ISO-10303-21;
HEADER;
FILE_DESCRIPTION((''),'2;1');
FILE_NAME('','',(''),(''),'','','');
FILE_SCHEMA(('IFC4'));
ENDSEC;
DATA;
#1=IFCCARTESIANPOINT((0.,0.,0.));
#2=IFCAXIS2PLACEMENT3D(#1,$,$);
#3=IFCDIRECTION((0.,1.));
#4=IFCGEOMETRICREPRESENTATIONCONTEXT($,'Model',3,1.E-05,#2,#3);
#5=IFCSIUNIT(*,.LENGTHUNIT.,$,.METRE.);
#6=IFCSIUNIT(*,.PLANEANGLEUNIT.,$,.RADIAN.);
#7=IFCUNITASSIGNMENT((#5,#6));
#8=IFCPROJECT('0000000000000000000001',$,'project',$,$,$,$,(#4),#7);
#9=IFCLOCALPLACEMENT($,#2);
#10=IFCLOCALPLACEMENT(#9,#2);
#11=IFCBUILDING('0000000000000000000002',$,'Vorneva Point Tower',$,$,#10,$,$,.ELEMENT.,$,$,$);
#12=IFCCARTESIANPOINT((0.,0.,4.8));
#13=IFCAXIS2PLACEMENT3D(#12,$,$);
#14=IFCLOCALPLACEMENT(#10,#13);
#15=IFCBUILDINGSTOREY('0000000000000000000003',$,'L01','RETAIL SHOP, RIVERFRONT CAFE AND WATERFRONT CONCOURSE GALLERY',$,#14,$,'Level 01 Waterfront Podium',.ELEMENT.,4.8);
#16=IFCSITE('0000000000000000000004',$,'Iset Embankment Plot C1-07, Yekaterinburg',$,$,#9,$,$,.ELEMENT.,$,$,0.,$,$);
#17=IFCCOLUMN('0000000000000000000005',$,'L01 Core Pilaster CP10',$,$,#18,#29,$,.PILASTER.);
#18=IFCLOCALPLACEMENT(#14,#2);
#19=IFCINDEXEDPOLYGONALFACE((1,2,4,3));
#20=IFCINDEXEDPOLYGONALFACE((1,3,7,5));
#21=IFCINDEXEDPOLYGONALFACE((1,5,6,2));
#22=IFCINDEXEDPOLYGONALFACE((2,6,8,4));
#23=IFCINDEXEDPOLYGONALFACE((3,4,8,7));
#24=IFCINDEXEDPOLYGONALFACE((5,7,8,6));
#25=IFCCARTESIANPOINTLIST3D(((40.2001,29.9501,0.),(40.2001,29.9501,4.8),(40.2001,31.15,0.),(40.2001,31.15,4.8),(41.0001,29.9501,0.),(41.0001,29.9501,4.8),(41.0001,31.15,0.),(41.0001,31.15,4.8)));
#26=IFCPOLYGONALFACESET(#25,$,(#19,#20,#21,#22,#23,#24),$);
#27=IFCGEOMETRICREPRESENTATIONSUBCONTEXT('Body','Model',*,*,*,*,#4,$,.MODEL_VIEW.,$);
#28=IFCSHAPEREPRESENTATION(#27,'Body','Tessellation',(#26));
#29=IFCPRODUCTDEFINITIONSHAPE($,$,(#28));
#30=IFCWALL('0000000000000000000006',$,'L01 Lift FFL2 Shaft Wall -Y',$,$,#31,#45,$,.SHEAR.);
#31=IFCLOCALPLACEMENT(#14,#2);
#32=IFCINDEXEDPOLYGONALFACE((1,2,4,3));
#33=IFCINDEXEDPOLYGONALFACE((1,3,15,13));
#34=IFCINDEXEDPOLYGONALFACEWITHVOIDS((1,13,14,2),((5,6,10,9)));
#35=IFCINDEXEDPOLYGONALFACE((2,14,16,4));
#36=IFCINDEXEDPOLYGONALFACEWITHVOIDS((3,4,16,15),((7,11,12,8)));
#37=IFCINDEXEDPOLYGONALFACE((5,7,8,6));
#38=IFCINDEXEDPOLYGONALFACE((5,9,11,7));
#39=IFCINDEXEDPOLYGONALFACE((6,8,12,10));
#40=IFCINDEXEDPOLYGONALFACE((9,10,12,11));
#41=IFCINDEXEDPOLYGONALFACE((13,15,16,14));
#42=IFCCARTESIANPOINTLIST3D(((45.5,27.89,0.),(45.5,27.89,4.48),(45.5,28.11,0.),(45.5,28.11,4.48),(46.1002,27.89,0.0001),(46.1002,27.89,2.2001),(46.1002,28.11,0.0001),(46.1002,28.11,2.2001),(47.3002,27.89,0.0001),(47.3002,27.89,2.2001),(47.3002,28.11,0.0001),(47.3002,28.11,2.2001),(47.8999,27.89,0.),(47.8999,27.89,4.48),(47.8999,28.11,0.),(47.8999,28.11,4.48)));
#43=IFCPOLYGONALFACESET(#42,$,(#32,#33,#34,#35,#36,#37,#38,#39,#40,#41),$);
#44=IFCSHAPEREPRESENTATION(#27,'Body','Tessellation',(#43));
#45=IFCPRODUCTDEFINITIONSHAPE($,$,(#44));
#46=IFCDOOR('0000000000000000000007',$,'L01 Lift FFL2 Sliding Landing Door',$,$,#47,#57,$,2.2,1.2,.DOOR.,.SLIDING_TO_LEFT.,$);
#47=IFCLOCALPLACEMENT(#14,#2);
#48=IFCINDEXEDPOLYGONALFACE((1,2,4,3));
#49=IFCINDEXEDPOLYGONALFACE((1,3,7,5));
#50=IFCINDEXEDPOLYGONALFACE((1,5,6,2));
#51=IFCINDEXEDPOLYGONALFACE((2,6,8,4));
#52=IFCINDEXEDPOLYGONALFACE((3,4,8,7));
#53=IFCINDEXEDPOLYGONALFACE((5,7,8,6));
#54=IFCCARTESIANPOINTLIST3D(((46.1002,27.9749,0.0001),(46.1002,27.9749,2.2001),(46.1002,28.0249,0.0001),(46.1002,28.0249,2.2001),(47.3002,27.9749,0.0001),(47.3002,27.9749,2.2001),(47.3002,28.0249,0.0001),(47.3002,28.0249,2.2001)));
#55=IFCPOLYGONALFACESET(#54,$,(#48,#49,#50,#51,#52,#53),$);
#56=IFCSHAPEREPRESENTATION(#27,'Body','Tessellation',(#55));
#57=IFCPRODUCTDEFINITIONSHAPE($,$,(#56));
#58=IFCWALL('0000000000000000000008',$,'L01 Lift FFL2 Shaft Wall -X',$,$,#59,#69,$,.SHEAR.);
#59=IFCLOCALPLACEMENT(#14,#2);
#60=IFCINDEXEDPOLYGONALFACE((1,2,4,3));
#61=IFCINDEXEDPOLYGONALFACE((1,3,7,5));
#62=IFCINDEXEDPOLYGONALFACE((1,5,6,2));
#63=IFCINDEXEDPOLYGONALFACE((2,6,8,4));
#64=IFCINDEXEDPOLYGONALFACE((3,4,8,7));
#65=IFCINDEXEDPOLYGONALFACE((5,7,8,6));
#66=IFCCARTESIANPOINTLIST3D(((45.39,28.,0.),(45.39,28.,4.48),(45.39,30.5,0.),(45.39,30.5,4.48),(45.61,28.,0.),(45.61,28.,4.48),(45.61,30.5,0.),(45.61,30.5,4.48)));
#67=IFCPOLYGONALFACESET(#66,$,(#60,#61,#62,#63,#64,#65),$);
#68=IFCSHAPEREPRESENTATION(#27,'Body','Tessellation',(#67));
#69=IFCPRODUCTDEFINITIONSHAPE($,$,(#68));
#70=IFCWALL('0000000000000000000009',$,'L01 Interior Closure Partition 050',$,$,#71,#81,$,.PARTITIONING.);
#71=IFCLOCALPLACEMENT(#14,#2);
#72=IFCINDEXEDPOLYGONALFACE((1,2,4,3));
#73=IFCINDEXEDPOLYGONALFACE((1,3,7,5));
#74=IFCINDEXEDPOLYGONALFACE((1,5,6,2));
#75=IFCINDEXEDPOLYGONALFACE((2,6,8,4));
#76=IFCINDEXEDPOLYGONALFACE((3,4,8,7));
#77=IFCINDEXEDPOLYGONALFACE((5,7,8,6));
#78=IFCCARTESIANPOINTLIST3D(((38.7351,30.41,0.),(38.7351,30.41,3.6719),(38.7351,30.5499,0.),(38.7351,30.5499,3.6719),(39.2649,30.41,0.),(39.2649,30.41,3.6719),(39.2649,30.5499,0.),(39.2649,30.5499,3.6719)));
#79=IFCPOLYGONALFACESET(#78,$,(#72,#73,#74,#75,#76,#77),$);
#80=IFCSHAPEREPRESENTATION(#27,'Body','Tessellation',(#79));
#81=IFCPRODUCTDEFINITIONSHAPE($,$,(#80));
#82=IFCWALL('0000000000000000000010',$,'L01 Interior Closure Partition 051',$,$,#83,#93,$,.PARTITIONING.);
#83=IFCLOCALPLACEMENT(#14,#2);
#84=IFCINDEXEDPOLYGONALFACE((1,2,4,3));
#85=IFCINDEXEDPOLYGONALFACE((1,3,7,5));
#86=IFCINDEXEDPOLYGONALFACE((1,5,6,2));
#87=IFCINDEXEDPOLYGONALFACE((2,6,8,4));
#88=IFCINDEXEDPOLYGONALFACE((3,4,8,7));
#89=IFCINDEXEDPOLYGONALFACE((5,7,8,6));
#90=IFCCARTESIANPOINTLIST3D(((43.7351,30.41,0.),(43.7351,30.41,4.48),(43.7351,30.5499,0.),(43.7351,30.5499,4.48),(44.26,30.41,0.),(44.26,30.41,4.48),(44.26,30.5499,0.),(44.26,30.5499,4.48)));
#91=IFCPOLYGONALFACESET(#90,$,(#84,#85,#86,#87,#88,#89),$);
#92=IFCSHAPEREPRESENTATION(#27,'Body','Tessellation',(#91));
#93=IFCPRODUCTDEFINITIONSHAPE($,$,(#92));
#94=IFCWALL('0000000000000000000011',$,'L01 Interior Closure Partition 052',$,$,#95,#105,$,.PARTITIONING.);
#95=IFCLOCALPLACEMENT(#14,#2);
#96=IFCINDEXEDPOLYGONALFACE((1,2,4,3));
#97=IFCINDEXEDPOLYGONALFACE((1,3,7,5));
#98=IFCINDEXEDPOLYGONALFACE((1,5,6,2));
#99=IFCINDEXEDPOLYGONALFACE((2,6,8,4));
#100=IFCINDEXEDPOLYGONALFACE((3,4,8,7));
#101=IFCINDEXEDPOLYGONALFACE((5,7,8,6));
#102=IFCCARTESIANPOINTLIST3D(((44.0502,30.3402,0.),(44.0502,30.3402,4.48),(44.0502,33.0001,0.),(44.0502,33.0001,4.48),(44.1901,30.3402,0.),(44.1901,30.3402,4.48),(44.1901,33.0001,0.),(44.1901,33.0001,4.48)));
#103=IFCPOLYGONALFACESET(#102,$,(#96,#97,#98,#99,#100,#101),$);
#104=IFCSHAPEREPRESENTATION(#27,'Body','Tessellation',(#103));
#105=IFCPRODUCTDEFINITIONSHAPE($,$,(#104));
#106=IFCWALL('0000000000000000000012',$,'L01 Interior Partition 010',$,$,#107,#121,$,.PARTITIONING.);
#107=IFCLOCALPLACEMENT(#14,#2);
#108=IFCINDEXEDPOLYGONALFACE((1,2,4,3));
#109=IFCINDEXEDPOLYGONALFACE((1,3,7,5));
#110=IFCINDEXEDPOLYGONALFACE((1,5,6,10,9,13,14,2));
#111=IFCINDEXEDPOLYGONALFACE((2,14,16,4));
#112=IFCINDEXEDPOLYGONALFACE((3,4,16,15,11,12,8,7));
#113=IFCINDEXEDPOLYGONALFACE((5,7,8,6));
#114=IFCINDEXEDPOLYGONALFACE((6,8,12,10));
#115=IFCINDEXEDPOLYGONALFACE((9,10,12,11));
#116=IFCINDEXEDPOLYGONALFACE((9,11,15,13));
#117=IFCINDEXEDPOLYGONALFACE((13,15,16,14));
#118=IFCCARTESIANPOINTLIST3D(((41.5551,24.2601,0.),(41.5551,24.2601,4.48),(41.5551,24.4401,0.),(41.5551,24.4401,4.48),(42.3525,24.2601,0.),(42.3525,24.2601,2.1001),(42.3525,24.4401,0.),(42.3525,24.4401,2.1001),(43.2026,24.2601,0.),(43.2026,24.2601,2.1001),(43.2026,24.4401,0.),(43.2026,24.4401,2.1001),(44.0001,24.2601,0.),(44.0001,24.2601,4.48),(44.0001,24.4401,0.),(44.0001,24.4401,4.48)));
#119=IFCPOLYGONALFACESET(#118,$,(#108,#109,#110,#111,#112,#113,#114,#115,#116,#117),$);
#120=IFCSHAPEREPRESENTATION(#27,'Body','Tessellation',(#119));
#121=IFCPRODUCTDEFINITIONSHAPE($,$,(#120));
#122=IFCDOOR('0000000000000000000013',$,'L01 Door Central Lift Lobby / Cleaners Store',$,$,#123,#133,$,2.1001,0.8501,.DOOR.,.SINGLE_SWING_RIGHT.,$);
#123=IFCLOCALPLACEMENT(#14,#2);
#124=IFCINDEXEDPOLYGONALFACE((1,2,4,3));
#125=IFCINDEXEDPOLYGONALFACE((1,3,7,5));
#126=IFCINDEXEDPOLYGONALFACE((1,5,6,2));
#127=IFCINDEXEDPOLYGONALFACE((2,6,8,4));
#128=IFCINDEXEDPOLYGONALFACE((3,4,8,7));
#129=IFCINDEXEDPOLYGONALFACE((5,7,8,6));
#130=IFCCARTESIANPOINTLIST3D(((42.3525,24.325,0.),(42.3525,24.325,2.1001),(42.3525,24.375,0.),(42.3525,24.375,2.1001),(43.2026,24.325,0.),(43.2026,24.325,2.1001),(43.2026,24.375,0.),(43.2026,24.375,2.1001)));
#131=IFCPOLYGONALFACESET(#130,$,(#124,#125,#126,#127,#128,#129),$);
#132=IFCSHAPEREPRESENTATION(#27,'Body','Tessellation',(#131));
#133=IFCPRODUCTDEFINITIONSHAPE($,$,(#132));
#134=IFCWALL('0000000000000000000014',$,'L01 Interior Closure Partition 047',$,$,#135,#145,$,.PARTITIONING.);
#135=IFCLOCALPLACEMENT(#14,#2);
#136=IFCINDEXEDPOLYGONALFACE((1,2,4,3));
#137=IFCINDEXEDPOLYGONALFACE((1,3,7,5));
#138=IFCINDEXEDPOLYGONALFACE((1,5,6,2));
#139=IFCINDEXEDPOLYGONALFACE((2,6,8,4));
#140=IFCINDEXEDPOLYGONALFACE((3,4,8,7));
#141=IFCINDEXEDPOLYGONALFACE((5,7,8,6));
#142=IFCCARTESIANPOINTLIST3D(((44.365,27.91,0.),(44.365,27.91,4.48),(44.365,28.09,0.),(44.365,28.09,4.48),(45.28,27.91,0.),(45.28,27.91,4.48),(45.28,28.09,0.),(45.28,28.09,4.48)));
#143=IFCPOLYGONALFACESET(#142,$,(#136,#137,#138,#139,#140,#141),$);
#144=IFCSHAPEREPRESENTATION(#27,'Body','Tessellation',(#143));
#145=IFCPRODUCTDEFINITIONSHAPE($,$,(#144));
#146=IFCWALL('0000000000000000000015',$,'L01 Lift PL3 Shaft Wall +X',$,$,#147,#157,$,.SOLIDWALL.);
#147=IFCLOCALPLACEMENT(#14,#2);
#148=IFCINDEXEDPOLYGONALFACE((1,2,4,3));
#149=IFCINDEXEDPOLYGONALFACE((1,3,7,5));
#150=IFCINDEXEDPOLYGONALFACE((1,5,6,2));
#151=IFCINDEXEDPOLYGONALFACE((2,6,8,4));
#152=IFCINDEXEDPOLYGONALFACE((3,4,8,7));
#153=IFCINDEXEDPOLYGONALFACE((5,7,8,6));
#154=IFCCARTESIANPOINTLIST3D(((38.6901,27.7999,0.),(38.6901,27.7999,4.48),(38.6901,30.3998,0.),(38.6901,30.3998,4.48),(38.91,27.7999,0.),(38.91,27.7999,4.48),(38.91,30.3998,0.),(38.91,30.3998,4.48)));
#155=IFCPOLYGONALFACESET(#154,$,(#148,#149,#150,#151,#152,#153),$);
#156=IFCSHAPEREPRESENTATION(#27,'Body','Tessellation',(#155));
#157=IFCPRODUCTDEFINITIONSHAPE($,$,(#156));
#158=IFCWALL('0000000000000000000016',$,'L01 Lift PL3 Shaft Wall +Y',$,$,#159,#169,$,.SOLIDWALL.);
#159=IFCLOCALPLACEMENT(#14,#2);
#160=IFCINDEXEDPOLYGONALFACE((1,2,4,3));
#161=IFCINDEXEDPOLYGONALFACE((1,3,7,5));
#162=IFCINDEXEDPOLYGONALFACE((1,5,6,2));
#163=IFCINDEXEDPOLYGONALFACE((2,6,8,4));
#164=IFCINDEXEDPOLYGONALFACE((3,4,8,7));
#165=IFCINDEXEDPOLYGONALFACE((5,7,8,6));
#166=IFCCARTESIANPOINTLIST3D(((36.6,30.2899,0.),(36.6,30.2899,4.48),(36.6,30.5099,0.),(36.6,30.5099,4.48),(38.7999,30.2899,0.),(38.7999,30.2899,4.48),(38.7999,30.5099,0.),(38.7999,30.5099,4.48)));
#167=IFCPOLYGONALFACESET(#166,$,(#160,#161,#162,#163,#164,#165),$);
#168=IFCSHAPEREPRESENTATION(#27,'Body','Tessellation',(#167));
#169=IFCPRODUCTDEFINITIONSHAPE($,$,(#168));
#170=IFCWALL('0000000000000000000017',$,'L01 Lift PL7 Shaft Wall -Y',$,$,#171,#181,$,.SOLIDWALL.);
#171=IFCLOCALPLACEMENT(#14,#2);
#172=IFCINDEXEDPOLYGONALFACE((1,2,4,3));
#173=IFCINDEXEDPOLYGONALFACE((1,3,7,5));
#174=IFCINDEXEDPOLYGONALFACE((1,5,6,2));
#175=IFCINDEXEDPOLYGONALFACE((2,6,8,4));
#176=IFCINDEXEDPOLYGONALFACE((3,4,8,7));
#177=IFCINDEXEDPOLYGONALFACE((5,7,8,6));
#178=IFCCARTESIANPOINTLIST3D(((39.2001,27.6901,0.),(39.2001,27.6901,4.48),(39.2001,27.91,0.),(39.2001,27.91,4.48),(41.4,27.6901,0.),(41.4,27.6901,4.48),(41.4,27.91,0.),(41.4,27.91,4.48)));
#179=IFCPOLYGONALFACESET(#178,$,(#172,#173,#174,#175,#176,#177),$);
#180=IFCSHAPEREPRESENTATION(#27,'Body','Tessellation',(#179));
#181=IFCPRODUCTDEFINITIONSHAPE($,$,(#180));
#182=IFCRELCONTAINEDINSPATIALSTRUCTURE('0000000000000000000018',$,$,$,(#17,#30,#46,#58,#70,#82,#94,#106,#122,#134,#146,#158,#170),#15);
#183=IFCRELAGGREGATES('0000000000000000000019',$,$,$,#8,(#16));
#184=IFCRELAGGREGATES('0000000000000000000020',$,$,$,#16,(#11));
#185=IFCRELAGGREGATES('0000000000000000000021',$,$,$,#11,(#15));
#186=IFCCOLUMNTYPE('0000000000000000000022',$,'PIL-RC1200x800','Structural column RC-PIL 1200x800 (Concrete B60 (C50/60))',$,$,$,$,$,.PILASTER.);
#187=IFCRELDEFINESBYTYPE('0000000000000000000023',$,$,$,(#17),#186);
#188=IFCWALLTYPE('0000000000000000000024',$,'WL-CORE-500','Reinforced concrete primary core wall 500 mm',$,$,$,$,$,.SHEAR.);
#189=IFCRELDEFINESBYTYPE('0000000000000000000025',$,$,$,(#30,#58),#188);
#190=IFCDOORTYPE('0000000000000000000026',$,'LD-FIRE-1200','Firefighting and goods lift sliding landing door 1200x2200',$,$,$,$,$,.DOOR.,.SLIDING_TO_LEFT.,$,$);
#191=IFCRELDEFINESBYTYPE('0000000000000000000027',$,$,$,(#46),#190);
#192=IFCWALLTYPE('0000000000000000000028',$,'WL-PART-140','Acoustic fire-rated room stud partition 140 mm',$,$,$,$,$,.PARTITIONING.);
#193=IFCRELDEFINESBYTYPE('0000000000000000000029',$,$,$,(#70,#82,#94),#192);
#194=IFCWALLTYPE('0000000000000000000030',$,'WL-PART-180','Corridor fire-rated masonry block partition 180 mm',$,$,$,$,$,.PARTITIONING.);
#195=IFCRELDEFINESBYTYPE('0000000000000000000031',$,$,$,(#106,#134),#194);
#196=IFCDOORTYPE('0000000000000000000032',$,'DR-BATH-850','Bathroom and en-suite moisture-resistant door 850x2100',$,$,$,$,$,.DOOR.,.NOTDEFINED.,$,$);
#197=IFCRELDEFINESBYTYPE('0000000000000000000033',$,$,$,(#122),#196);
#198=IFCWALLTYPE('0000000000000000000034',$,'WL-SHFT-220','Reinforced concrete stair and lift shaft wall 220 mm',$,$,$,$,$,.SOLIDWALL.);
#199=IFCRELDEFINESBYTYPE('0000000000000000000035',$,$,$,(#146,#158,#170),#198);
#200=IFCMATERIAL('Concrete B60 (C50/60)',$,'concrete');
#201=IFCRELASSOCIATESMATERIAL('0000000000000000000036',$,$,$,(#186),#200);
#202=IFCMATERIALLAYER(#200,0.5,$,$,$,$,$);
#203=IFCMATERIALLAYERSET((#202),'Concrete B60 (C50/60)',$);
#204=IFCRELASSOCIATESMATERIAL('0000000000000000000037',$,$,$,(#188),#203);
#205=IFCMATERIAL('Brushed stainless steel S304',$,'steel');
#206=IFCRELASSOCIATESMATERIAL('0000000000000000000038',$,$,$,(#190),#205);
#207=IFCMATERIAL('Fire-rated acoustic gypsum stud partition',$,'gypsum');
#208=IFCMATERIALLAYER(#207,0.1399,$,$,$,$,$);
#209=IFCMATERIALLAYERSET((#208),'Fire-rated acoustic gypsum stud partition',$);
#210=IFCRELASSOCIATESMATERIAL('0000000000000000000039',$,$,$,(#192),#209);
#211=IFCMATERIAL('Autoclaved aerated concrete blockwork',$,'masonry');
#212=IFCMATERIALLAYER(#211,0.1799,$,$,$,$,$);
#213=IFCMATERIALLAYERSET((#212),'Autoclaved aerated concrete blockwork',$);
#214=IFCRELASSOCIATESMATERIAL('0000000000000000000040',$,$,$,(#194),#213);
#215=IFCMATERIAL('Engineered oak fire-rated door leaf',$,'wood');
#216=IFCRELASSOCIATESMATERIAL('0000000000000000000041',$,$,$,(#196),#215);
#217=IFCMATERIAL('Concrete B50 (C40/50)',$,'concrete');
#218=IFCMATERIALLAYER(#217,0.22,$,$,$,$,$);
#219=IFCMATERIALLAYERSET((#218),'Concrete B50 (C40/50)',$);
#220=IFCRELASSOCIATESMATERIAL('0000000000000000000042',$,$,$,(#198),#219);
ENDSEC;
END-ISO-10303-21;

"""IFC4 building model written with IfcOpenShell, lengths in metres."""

from ifc_helpers import new_model, si_unit, direction, frame, frame_2d, origin, origin_2d, place, context, subcontext, project, spatial, rectangle, extrude, material, layer, layer_set, material_profile, profile_set, type_object, element, fill, save


model = new_model("IFC4")

# Units and contexts
model_context = context("Model", 3, precision=1e-05, world=origin(), true_north=direction((0.0, 1.0)))
body_context = subcontext(model_context, "Body", "Model", "MODEL_VIEW")
ifc_project = project(units=[si_unit("LENGTHUNIT", "METRE"), si_unit("PLANEANGLEUNIT", "RADIAN")], contexts=[model_context])

# Site, building, storey
site_placement = place(None, origin())
site = spatial("IfcSite", under=ifc_project, at=site_placement, Name="Iset Embankment Plot C1-07, Yekaterinburg", CompositionType="ELEMENT", RefElevation=0.0)
building_placement = place(site_placement, origin())
building = spatial("IfcBuilding", under=site, at=building_placement, Name="Vorneva Point Tower", CompositionType="ELEMENT")
storey_placement = place(building_placement, frame((0.0, 0.0, 4.8)))
storey = spatial("IfcBuildingStorey", under=building, at=storey_placement, Name="L01", Description="RETAIL SHOP, RIVERFRONT CAFE AND WATERFRONT CONCOURSE GALLERY", LongName="Level 01 Waterfront Podium", CompositionType="ELEMENT", Elevation=4.8)

# Column
ifc_material_1 = material(Name="Concrete B60 (C50/60)", Category="concrete")
ifc_material_profile = material_profile(ifc_material_1, rectangle(XDim=0.8, YDim=1.2, at=origin_2d()), Name="RC-PIL 1200x800")
ifc_profile_set = profile_set([ifc_material_profile], Name="Concrete B60 (C50/60)")
column_type = type_object("IfcColumnType", Name="PIL-RC1200x800", Description="Structural column RC-PIL 1200x800 (Concrete B60 (C50/60))", PredefinedType="PILASTER", material=ifc_profile_set)
column_placement = place(storey_placement, frame((40.6001, 30.55, 0.0), z_axis=(0.0, 0.0, 1.0), x_axis=(1.0, 0.0, 0.0)))
element("IfcColumn", 1, at=column_placement, inside=storey, type_object=column_type, Name="L01 Core Pilaster CP10", PredefinedType="PILASTER", context=body_context, shape_type="SweptSolid", body=[
    extrude(rectangle(XDim=0.8, YDim=1.2, at=origin_2d()), origin(), (0.0, 0.0, 1.0), 4.8),
])

# Wall, opening, door
ifc_layer_1 = layer(ifc_material_1, 0.5)
ifc_layer_set_1 = layer_set([ifc_layer_1], Name="Concrete B60 (C50/60)")
wall_type_1 = type_object("IfcWallType", Name="WL-CORE-500", Description="Reinforced concrete primary core wall 500 mm", PredefinedType="SHEAR", material=ifc_layer_set_1)
wall_1_placement = place(storey_placement, frame((45.5, 28.0, 0.0), z_axis=(0.0, 0.0, 1.0), x_axis=(1.0, 0.0, 0.0)))
wall_1 = element("IfcWall", 2, at=wall_1_placement, inside=storey, type_object=wall_type_1, Name="L01 Lift FFL2 Shaft Wall -Y", PredefinedType="SHEAR", context=body_context, shape_type="SweptSolid", body=[
    extrude(rectangle(XDim=2.3999, YDim=0.22, at=frame_2d((1.2, 0.0))), origin(), (0.0, 0.0, 1.0), 4.48),
])
opening_1_placement = place(wall_1_placement, frame((0.6001, 0.0, 0.0)))
opening_1 = element("IfcOpeningElement", 3, at=opening_1_placement, cuts=wall_1, PredefinedType="OPENING", context=body_context, shape_type="SweptSolid", body=[
    extrude(rectangle(XDim=1.2, YDim=2.2, at=frame_2d((0.6001, 1.1001))), frame((0.0, 0.125, 0.0), z_axis=(0.0, -1.0, 0.0), x_axis=(1.0, 0.0, 0.0)), (0.0, 0.0, 1.0), 0.2498),
])
ifc_material_2 = material(Name="Brushed stainless steel S304", Category="steel")
door_type_1 = type_object("IfcDoorType", Name="LD-FIRE-1200", Description="Firefighting and goods lift sliding landing door 1200x2200", OperationType="SLIDING_TO_LEFT", PredefinedType="DOOR", material=ifc_material_2)
door_1_placement = place(opening_1_placement, origin())
door_1 = element("IfcDoor", 4, at=door_1_placement, inside=storey, type_object=door_type_1, Name="L01 Lift FFL2 Sliding Landing Door", OperationType="SLIDING_TO_LEFT", OverallHeight=2.2, OverallWidth=1.2, PredefinedType="DOOR", context=body_context, shape_type="SweptSolid", body=[
    extrude(rectangle(XDim=1.2, YDim=2.2, at=frame_2d((0.6001, 1.1001))), frame((0.0, 0.0249, 0.0), z_axis=(0.0, -1.0, 0.0), x_axis=(1.0, 0.0, 0.0)), (0.0, 0.0, 1.0), 0.05),
])
fill(opening_1, door_1)

# Walls
wall_2_placement = place(storey_placement, frame((45.5, 30.5, 0.0), z_axis=(0.0, 0.0, 1.0), x_axis=(0.0, -1.0, 0.0)))
element("IfcWall", 5, at=wall_2_placement, inside=storey, type_object=wall_type_1, Name="L01 Lift FFL2 Shaft Wall -X", PredefinedType="SHEAR", context=body_context, shape_type="SweptSolid", body=[
    extrude(rectangle(XDim=2.5, YDim=0.22, at=frame_2d((1.25, 0.0))), origin(), (0.0, 0.0, 1.0), 4.48),
])
ifc_material_3 = material(Name="Fire-rated acoustic gypsum stud partition", Category="gypsum")
ifc_layer_2 = layer(ifc_material_3, 0.1399)
ifc_layer_set_2 = layer_set([ifc_layer_2], Name="Fire-rated acoustic gypsum stud partition")
wall_type_2 = type_object("IfcWallType", Name="WL-PART-140", Description="Acoustic fire-rated room stud partition 140 mm", PredefinedType="PARTITIONING", material=ifc_layer_set_2)
wall_3_placement = place(storey_placement, frame((38.7351, 30.48, 0.0), z_axis=(0.0, 0.0, 1.0), x_axis=(1.0, 0.0, 0.0)))
element("IfcWall", 6, at=wall_3_placement, inside=storey, type_object=wall_type_2, Name="L01 Interior Closure Partition 050", PredefinedType="PARTITIONING", context=body_context, shape_type="SweptSolid", body=[
    extrude(rectangle(XDim=0.5298, YDim=0.1399, at=frame_2d((0.2649, 0.0))), origin(), (0.0, 0.0, 1.0), 3.6719),
])
wall_4_placement = place(storey_placement, frame((43.7351, 30.48, 0.0), z_axis=(0.0, 0.0, 1.0), x_axis=(1.0, 0.0, 0.0)))
element("IfcWall", 7, at=wall_4_placement, inside=storey, type_object=wall_type_2, Name="L01 Interior Closure Partition 051", PredefinedType="PARTITIONING", context=body_context, shape_type="SweptSolid", body=[
    extrude(rectangle(XDim=0.5249, YDim=0.1399, at=frame_2d((0.2625, 0.0))), origin(), (0.0, 0.0, 1.0), 4.48),
])
wall_5_placement = place(storey_placement, frame((44.1201, 30.3401, 0.0), z_axis=(0.0, 0.0, 1.0), x_axis=(0.0, 1.0, 0.0)))
element("IfcWall", 8, at=wall_5_placement, inside=storey, type_object=wall_type_2, Name="L01 Interior Closure Partition 052", PredefinedType="PARTITIONING", context=body_context, shape_type="SweptSolid", body=[
    extrude(rectangle(XDim=2.6599, YDim=0.1399, at=frame_2d((1.3301, 0.0))), origin(), (0.0, 0.0, 1.0), 4.48),
])

# Wall, opening, door
ifc_material_4 = material(Name="Autoclaved aerated concrete blockwork", Category="masonry")
ifc_layer_3 = layer(ifc_material_4, 0.1799)
ifc_layer_set_3 = layer_set([ifc_layer_3], Name="Autoclaved aerated concrete blockwork")
wall_type_3 = type_object("IfcWallType", Name="WL-PART-180", Description="Corridor fire-rated masonry block partition 180 mm", PredefinedType="PARTITIONING", material=ifc_layer_set_3)
wall_6_placement = place(storey_placement, frame((41.5549, 24.3501, 0.0), z_axis=(0.0, 0.0, 1.0), x_axis=(1.0, 0.0, 0.0)))
wall_6 = element("IfcWall", 9, at=wall_6_placement, inside=storey, type_object=wall_type_3, Name="L01 Interior Partition 010", PredefinedType="PARTITIONING", context=body_context, shape_type="SweptSolid", body=[
    extrude(rectangle(XDim=2.4451, YDim=0.1799, at=frame_2d((1.2227, 0.0))), origin(), (0.0, 0.0, 1.0), 4.48),
])
opening_2_placement = place(wall_6_placement, frame((0.7976, 0.0, 0.0)))
opening_2 = element("IfcOpeningElement", 10, at=opening_2_placement, cuts=wall_6, PredefinedType="OPENING", context=body_context, shape_type="SweptSolid", body=[
    extrude(rectangle(XDim=0.8501, YDim=2.1001, at=frame_2d((0.425, 1.05))), frame((0.0, 0.105, 0.0), z_axis=(0.0, -1.0, 0.0), x_axis=(1.0, 0.0, 0.0)), (0.0, 0.0, 1.0), 0.2097),
])
ifc_material_5 = material(Name="Engineered oak fire-rated door leaf", Category="wood")
door_type_2 = type_object("IfcDoorType", Name="DR-BATH-850", Description="Bathroom and en-suite moisture-resistant door 850x2100", OperationType="NOTDEFINED", PredefinedType="DOOR", material=ifc_material_5)
door_2_placement = place(opening_2_placement, origin())
door_2 = element("IfcDoor", 11, at=door_2_placement, inside=storey, type_object=door_type_2, Name="L01 Door Central Lift Lobby / Cleaners Store", OperationType="SINGLE_SWING_RIGHT", OverallHeight=2.1001, OverallWidth=0.8501, PredefinedType="DOOR", context=body_context, shape_type="SweptSolid", body=[
    extrude(rectangle(XDim=0.8501, YDim=2.1001, at=frame_2d((0.425, 1.05))), frame((0.0, 0.0249, 0.0), z_axis=(0.0, -1.0, 0.0), x_axis=(1.0, 0.0, 0.0)), (0.0, 0.0, 1.0), 0.05),
])
fill(opening_2, door_2)

# Walls
wall_7_placement = place(storey_placement, frame((45.28, 28.0, 0.0), z_axis=(0.0, 0.0, 1.0), x_axis=(-1.0, 0.0, 0.0)))
element("IfcWall", 12, at=wall_7_placement, inside=storey, type_object=wall_type_3, Name="L01 Interior Closure Partition 047", PredefinedType="PARTITIONING", context=body_context, shape_type="SweptSolid", body=[
    extrude(rectangle(XDim=0.915, YDim=0.1799, at=frame_2d((0.4575, 0.0))), origin(), (0.0, 0.0, 1.0), 4.48),
])
ifc_material_6 = material(Name="Concrete B50 (C40/50)", Category="concrete")
ifc_layer_4 = layer(ifc_material_6, 0.22)
ifc_layer_set_4 = layer_set([ifc_layer_4], Name="Concrete B50 (C40/50)")
wall_type_4 = type_object("IfcWallType", Name="WL-SHFT-220", Description="Reinforced concrete stair and lift shaft wall 220 mm", PredefinedType="SOLIDWALL", material=ifc_layer_set_4)
wall_8_placement = place(storey_placement, frame((38.8, 27.8, 0.0), z_axis=(0.0, 0.0, 1.0), x_axis=(0.0, 1.0, 0.0)))
element("IfcWall", 13, at=wall_8_placement, inside=storey, type_object=wall_type_4, Name="L01 Lift PL3 Shaft Wall +X", PredefinedType="SOLIDWALL", context=body_context, shape_type="SweptSolid", body=[
    extrude(rectangle(XDim=2.5999, YDim=0.22, at=frame_2d((1.2998, 0.0))), origin(), (0.0, 0.0, 1.0), 4.48),
])
for number, where, z_axis, x_axis, name in (
    (14, (38.8, 30.3999, 0.0), (0.0, 0.0, 1.0), (-1.0, 0.0, 0.0), "L01 Lift PL3 Shaft Wall +Y"),
    (15, (39.2, 27.8, 0.0), (0.0, 0.0, 1.0), (1.0, 0.0, 0.0), "L01 Lift PL7 Shaft Wall -Y"),
):
    element("IfcWall", number, at=place(storey_placement, frame(where, z_axis=z_axis, x_axis=x_axis)), inside=storey, type_object=wall_type_4, Name=name, PredefinedType="SOLIDWALL", context=body_context, shape_type="SweptSolid", body=[
        extrude(rectangle(XDim=2.2, YDim=0.22, at=frame_2d((1.1001, 0.0))), origin(), (0.0, 0.0, 1.0), 4.48),
    ])

save(model, "model.ifc")
